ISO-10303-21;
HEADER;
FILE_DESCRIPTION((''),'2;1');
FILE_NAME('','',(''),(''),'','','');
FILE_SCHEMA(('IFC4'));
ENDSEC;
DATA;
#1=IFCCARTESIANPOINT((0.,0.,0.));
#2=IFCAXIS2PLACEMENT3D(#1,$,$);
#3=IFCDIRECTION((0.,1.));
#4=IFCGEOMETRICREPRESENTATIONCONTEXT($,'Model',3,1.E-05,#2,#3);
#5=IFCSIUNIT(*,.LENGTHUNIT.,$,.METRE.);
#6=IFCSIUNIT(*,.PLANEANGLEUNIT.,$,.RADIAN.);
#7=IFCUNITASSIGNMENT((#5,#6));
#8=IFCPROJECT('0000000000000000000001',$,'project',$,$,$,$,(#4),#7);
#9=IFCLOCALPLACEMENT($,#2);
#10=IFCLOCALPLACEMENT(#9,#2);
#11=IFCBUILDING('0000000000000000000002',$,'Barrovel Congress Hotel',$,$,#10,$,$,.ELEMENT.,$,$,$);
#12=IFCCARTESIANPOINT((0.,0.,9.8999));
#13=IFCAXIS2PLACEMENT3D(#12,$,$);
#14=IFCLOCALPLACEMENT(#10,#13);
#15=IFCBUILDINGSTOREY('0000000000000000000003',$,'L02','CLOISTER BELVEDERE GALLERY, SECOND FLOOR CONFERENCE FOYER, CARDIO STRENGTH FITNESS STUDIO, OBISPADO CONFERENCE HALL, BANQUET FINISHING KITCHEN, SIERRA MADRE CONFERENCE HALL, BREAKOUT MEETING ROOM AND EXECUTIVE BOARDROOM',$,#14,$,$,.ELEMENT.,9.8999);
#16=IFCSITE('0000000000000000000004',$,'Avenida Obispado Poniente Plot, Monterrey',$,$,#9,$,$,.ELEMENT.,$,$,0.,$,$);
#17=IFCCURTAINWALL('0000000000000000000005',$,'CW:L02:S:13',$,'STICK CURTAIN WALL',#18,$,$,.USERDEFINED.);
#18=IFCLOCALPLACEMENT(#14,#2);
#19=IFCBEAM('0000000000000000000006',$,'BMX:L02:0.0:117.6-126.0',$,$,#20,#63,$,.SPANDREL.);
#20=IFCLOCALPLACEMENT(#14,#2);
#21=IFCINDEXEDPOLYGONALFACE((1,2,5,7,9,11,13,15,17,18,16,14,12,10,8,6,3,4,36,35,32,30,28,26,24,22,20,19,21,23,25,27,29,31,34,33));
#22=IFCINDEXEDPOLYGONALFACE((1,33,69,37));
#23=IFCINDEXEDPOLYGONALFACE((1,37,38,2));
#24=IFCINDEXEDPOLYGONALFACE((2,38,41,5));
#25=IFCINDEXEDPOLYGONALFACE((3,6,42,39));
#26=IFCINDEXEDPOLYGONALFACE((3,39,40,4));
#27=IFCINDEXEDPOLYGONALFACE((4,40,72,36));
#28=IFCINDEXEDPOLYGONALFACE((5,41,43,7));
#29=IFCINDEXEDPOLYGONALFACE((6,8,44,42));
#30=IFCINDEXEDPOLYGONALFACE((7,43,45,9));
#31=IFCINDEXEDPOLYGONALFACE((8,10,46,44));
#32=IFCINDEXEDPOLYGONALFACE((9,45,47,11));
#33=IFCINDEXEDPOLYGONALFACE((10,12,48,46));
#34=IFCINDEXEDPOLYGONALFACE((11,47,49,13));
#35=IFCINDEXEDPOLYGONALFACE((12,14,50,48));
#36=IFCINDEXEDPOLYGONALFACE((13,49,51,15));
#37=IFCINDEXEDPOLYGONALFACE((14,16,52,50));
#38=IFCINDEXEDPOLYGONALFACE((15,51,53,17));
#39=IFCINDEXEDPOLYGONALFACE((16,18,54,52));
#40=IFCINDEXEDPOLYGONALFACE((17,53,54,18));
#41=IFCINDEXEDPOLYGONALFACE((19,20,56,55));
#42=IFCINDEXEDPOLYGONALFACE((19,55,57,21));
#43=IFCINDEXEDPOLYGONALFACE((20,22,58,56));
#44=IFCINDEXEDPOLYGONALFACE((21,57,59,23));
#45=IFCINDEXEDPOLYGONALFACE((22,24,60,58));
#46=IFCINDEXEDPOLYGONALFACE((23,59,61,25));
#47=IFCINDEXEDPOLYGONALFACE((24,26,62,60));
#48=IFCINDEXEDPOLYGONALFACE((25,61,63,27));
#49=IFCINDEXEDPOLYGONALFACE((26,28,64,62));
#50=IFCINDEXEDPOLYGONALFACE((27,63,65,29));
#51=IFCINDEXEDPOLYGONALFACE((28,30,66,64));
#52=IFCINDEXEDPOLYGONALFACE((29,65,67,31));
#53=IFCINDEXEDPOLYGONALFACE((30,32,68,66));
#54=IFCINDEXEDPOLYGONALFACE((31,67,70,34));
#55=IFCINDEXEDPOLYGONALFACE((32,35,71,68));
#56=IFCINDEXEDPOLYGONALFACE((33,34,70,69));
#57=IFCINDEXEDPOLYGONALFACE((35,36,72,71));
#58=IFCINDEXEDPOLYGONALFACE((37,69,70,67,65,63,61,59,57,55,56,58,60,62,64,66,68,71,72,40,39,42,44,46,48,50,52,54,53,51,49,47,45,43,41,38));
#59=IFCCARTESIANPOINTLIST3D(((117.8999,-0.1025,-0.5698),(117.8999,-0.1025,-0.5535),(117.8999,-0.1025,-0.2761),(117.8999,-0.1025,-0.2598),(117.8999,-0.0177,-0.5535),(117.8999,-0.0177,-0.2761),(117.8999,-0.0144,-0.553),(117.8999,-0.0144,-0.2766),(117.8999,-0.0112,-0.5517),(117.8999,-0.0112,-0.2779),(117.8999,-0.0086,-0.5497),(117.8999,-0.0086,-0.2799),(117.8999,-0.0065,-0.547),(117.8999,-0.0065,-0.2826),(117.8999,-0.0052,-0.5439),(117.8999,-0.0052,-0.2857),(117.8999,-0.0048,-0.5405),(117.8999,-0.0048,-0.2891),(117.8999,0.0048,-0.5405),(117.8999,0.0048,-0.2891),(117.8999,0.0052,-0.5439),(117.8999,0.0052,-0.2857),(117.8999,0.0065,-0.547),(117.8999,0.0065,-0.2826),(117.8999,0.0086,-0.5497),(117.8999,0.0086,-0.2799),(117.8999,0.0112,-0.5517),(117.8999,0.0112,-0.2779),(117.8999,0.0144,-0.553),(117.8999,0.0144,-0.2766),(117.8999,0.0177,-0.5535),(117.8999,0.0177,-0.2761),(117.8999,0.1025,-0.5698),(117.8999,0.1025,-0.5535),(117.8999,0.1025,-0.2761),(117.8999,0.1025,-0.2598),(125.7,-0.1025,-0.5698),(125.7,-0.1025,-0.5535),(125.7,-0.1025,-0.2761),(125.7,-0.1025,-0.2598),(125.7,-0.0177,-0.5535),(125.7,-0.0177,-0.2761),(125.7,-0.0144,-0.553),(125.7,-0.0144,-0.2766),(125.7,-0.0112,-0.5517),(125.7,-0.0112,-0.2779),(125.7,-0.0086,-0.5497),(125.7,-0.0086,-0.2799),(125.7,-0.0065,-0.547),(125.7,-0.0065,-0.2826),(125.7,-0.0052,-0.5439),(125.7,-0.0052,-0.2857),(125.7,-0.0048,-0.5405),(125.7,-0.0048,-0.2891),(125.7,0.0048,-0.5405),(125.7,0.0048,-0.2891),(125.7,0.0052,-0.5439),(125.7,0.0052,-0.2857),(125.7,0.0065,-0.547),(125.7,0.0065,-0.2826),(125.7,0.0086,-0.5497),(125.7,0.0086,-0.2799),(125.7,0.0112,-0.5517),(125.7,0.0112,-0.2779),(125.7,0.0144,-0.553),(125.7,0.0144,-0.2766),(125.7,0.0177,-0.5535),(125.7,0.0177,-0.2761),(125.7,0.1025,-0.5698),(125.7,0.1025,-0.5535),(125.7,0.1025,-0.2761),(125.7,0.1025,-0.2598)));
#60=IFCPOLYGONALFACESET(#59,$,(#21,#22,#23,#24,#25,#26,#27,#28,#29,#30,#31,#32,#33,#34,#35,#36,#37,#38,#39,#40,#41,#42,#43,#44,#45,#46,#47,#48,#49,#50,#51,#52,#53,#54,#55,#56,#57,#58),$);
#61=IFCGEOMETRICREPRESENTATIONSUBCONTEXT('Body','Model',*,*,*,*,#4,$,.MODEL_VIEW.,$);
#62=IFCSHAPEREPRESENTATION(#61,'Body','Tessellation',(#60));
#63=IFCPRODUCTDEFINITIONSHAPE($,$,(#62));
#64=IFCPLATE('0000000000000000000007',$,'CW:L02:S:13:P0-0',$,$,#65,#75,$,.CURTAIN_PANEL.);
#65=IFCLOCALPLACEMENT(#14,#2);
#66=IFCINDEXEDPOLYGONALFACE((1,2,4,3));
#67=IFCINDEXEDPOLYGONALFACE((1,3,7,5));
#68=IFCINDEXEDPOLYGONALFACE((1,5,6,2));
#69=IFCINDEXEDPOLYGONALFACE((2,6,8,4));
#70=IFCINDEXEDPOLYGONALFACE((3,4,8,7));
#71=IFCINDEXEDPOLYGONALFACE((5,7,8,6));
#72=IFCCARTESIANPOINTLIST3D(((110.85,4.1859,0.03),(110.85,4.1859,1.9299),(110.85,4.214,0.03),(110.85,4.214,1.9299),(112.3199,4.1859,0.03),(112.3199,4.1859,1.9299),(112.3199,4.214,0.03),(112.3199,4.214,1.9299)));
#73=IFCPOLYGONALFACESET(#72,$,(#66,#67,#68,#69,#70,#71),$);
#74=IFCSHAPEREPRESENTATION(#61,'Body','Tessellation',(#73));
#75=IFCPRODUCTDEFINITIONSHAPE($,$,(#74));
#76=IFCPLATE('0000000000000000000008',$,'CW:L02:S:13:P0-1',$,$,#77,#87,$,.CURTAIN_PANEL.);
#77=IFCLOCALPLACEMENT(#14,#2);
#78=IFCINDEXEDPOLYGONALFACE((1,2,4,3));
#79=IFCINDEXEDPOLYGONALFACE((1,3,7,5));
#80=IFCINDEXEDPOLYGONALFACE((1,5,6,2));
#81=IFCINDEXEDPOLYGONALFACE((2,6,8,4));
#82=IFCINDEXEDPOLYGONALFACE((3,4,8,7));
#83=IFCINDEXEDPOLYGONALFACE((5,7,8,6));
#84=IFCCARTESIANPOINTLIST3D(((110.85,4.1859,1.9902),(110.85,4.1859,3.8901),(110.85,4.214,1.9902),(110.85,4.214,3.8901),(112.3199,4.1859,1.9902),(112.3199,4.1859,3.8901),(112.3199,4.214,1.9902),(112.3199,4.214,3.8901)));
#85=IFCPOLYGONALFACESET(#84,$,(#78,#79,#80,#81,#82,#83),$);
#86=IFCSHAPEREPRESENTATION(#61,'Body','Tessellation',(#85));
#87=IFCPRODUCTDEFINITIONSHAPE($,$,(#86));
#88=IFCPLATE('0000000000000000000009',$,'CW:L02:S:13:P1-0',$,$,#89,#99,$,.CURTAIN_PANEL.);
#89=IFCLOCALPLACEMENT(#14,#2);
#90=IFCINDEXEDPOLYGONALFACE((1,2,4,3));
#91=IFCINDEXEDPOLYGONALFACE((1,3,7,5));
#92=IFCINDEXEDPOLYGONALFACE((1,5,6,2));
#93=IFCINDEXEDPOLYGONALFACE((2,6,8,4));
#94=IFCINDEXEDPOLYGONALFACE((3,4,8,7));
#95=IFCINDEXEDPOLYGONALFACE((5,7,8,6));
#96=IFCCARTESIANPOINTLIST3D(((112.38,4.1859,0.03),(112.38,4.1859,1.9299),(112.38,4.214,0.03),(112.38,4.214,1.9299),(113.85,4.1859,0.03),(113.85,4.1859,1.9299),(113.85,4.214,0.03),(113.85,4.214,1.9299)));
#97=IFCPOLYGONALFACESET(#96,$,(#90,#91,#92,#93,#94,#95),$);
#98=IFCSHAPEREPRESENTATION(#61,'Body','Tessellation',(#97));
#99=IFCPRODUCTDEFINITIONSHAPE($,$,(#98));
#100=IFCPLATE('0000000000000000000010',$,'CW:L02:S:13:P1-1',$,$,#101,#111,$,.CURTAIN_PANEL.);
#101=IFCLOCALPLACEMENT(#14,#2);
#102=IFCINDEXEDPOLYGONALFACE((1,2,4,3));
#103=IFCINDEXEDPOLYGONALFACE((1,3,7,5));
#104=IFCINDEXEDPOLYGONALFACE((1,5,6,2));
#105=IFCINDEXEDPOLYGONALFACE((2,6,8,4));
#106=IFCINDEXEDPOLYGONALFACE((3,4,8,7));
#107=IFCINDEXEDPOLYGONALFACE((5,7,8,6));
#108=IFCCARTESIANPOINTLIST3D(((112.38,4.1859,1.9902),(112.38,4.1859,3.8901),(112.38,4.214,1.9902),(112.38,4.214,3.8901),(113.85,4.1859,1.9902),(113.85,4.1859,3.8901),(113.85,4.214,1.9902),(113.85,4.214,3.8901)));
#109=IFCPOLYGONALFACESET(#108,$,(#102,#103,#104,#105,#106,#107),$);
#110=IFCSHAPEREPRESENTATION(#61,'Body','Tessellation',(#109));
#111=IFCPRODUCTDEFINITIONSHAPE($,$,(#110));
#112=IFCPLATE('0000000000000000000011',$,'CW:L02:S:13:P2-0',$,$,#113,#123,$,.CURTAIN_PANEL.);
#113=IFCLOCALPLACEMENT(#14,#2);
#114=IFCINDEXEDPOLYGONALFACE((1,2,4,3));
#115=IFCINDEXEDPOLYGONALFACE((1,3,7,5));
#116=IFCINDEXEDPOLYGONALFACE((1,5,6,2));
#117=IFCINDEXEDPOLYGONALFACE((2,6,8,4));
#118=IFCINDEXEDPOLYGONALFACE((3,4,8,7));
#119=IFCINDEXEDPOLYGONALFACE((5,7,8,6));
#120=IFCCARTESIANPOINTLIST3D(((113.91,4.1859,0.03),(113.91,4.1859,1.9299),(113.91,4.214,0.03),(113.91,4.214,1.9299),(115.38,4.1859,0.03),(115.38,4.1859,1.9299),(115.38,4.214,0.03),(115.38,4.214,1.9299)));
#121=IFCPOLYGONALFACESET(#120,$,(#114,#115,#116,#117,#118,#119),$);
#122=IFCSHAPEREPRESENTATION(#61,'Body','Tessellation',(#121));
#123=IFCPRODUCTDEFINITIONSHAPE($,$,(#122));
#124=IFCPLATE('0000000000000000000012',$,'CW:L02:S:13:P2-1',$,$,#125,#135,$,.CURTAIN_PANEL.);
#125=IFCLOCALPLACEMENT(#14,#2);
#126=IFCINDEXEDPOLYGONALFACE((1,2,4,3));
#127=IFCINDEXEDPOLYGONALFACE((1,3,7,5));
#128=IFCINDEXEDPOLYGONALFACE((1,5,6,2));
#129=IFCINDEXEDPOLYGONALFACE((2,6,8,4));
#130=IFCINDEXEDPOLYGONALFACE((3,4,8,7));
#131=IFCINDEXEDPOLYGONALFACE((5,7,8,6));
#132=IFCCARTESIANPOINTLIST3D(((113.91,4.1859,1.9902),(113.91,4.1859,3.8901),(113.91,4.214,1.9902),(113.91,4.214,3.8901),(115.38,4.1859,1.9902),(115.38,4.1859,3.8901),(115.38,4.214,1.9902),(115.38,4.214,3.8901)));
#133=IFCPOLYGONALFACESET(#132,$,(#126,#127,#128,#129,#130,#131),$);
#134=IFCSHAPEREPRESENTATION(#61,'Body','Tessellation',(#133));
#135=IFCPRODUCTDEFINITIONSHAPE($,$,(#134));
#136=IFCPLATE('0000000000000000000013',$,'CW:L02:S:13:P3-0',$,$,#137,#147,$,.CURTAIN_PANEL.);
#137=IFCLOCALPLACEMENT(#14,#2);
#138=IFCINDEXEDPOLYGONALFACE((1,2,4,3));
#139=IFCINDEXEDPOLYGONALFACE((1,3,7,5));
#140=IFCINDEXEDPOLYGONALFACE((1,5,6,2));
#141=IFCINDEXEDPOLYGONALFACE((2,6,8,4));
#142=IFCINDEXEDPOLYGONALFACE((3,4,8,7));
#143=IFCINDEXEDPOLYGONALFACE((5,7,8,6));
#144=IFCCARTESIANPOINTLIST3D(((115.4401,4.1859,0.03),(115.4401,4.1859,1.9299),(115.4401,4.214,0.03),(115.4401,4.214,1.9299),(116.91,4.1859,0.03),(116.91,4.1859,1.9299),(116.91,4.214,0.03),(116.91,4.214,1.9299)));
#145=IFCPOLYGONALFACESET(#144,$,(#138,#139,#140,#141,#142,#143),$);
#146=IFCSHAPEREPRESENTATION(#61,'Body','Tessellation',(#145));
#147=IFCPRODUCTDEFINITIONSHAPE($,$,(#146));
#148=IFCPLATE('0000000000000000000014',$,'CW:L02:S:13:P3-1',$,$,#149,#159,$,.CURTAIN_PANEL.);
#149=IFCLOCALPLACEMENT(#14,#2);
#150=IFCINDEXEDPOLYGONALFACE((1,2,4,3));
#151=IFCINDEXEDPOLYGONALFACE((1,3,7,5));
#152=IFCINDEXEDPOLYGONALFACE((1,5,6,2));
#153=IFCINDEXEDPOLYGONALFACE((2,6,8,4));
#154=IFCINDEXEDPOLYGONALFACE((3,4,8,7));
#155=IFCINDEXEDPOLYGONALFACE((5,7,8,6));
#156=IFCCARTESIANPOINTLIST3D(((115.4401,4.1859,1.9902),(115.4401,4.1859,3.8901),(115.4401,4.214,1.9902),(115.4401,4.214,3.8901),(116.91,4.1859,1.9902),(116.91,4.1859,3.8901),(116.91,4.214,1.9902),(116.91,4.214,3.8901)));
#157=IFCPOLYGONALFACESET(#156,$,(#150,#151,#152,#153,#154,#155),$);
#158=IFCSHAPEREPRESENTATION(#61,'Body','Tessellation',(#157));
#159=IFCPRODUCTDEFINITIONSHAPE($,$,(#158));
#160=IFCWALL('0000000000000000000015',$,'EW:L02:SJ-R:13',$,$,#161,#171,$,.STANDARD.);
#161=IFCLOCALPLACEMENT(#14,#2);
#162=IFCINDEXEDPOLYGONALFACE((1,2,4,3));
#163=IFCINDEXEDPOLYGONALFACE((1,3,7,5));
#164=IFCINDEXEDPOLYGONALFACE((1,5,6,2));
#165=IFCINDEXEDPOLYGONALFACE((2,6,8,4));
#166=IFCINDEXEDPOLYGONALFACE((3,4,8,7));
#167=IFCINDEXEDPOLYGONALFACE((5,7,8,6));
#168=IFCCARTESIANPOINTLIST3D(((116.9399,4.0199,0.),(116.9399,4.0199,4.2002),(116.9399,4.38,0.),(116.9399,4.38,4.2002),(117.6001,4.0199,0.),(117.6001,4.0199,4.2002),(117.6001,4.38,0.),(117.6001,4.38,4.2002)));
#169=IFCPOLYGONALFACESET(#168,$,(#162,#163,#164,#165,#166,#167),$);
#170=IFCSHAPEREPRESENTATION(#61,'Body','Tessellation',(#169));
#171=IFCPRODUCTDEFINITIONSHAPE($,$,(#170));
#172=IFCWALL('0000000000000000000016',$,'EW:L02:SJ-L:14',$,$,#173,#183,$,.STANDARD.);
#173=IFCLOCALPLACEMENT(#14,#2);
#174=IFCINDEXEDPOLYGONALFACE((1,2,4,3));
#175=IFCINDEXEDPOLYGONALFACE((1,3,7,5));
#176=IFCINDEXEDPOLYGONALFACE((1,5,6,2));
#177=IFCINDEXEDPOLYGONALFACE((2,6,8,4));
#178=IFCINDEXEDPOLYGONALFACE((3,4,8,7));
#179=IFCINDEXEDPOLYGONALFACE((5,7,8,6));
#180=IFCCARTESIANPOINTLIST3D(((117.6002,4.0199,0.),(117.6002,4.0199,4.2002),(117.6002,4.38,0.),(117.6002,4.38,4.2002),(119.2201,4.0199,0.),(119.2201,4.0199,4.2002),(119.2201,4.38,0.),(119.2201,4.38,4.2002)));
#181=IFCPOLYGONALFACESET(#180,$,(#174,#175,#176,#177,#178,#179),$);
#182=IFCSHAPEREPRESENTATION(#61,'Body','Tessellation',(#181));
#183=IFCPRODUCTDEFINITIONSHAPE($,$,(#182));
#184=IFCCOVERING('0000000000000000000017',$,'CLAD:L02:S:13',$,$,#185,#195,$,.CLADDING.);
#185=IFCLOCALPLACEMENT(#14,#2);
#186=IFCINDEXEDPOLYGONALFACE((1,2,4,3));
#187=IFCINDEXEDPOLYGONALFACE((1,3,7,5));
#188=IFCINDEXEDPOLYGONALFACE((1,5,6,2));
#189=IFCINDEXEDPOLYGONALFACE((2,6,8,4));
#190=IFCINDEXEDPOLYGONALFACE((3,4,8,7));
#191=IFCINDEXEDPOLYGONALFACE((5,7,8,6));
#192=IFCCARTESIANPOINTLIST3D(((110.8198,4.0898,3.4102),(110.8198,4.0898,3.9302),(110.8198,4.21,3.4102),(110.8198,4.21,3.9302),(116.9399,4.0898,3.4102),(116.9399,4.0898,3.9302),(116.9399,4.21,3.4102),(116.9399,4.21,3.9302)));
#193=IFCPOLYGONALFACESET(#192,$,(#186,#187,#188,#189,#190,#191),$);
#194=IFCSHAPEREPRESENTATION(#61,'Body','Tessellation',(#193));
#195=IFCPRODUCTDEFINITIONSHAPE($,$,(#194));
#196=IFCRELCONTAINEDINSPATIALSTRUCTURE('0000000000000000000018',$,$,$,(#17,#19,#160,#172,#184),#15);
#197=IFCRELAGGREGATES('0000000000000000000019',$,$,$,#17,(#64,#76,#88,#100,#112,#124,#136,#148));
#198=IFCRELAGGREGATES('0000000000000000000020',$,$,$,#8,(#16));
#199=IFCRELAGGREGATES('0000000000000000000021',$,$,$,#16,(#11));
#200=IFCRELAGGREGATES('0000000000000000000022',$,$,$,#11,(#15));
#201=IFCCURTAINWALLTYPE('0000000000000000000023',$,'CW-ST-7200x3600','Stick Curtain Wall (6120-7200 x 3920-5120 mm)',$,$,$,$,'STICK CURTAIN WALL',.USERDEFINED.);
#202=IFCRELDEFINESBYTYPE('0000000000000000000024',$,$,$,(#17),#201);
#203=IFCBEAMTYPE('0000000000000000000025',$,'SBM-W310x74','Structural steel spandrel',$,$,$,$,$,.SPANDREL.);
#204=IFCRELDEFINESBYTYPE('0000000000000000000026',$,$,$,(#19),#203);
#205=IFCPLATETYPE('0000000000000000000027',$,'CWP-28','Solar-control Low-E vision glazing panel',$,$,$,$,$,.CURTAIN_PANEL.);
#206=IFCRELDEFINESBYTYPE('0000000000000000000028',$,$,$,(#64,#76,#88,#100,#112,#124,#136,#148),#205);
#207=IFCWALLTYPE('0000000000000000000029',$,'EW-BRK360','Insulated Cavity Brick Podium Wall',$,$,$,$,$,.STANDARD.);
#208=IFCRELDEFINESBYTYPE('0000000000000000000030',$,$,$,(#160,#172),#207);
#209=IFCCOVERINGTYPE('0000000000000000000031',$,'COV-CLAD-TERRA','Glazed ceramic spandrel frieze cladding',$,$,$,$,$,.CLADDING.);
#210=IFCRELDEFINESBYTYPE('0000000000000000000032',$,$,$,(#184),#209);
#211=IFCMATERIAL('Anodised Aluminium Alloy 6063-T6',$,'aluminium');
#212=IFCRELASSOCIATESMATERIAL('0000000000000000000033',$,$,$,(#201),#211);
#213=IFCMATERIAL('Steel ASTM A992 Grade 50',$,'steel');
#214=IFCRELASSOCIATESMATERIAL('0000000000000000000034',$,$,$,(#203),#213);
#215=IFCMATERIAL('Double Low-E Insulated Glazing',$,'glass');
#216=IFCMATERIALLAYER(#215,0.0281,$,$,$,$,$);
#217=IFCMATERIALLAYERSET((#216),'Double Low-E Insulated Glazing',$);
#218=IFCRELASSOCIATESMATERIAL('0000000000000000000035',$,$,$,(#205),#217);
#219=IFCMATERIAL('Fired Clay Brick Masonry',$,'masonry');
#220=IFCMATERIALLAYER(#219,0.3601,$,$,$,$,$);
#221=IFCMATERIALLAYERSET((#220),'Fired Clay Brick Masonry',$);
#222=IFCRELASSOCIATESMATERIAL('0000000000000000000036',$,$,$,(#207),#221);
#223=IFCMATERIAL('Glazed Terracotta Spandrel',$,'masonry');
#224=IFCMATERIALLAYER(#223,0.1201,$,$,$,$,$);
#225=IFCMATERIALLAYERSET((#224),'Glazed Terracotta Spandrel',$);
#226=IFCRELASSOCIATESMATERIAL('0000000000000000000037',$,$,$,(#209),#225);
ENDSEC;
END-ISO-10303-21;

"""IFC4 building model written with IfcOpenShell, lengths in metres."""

from ifc_helpers import new_model, si_unit, direction, frame, frame_2d, origin, origin_2d, place, context, subcontext, project, spatial, rectangle, i_section, extrude, material, layer, layer_set, material_profile, profile_set, type_object, element, aggregate, save


model = new_model("IFC4")

# Units and contexts
model_context = context("Model", 3, precision=1e-05, world=origin(), true_north=direction((0.0, 1.0)))
body_context = subcontext(model_context, "Body", "Model", "MODEL_VIEW")
ifc_project = project(units=[si_unit("LENGTHUNIT", "METRE"), si_unit("PLANEANGLEUNIT", "RADIAN")], contexts=[model_context])

# Site, building, storey
site_placement = place(None, origin())
site = spatial("IfcSite", under=ifc_project, at=site_placement, Name="Avenida Obispado Poniente Plot, Monterrey", CompositionType="ELEMENT", RefElevation=0.0)
building_placement = place(site_placement, origin())
building = spatial("IfcBuilding", under=site, at=building_placement, Name="Barrovel Congress Hotel", CompositionType="ELEMENT")
storey_placement = place(building_placement, frame((0.0, 0.0, 9.8999)))
storey = spatial("IfcBuildingStorey", under=building, at=storey_placement, Name="L02", Description="CLOISTER BELVEDERE GALLERY, SECOND FLOOR CONFERENCE FOYER, CARDIO STRENGTH FITNESS STUDIO, OBISPADO CONFERENCE HALL, BANQUET FINISHING KITCHEN, SIERRA MADRE CONFERENCE HALL, BREAKOUT MEETING ROOM AND EXECUTIVE BOARDROOM", CompositionType="ELEMENT", Elevation=9.8999)

# Curtain wall
ifc_material_1 = material(Name="Anodised Aluminium Alloy 6063-T6", Category="aluminium")
curtain_wall_type = type_object("IfcCurtainWallType", Name="CW-ST-7200x3600", Description="Stick Curtain Wall (6120-7200 x 3920-5120 mm)", ElementType="STICK CURTAIN WALL", PredefinedType="USERDEFINED", material=ifc_material_1)
curtain_wall_placement = place(storey_placement, origin())
curtain_wall = element("IfcCurtainWall", 1, at=curtain_wall_placement, inside=storey, type_object=curtain_wall_type, Name="CW:L02:S:13", ObjectType="STICK CURTAIN WALL", PredefinedType="USERDEFINED")

# Beam
ifc_material_2 = material(Name="Steel ASTM A992 Grade 50", Category="steel")
ifc_material_profile_1 = material_profile(ifc_material_2, i_section(OverallWidth=0.2051, OverallDepth=0.3101, WebThickness=0.0095, FlangeThickness=0.0164, FilletRadius=0.0129, at=origin_2d()), Name="W310x74")
ifc_profile_set_1 = profile_set([ifc_material_profile_1], Name="Steel ASTM A992 Grade 50")
beam_type_1 = type_object("IfcBeamType", Name="SBM-W310x74", Description="Structural steel spandrel", PredefinedType="SPANDREL", material=ifc_profile_set_1)
beam_1_placement = place(storey_placement, frame((117.8999, 0.0, -0.4148), z_axis=(1.0, 0.0, 0.0), x_axis=(0.0, 1.0, 0.0)))
element("IfcBeam", 2, at=beam_1_placement, inside=storey, type_object=beam_type_1, Name="BMX:L02:0.0:117.6-126.0", PredefinedType="SPANDREL", context=body_context, shape_type="SweptSolid", body=[
    extrude(i_section(OverallWidth=0.2051, OverallDepth=0.3101, WebThickness=0.0095, FlangeThickness=0.0164, FilletRadius=0.0129, at=origin_2d()), origin(), (0.0, 0.0, 1.0), 7.8),
])

# Plates
ifc_material_3 = material(Name="Double Low-E Insulated Glazing", Category="glass")
ifc_layer_1 = layer(ifc_material_3, 0.0281)
ifc_layer_set_1 = layer_set([ifc_layer_1], Name="Double Low-E Insulated Glazing")
plate_type = type_object("IfcPlateType", Name="CWP-28", Description="Solar-control Low-E vision glazing panel", PredefinedType="CURTAIN_PANEL", material=ifc_layer_set_1)
plate_1_placement = place(storey_placement, frame((111.585, 4.2, 0.03), z_axis=(0.0, 0.0, 1.0), x_axis=(1.0, 0.0, 0.0)))
plate_1 = element("IfcPlate", 3, at=plate_1_placement, type_object=plate_type, Name="CW:L02:S:13:P0-0", PredefinedType="CURTAIN_PANEL", context=body_context, shape_type="SweptSolid", body=[
    extrude(rectangle(XDim=1.47, YDim=0.0281, at=origin_2d()), origin(), (0.0, 0.0, 1.0), 1.8999),
])
plate_2_placement = place(storey_placement, frame((111.585, 4.2, 1.9902), z_axis=(0.0, 0.0, 1.0), x_axis=(1.0, 0.0, 0.0)))
plate_2 = element("IfcPlate", 4, at=plate_2_placement, type_object=plate_type, Name="CW:L02:S:13:P0-1", PredefinedType="CURTAIN_PANEL", context=body_context, shape_type="SweptSolid", body=[
    extrude(rectangle(XDim=1.47, YDim=0.0281, at=origin_2d()), origin(), (0.0, 0.0, 1.0), 1.8999),
])
plate_3_placement = place(storey_placement, frame((113.115, 4.2, 0.03), z_axis=(0.0, 0.0, 1.0), x_axis=(1.0, 0.0, 0.0)))
plate_3 = element("IfcPlate", 5, at=plate_3_placement, type_object=plate_type, Name="CW:L02:S:13:P1-0", PredefinedType="CURTAIN_PANEL", context=body_context, shape_type="SweptSolid", body=[
    extrude(rectangle(XDim=1.47, YDim=0.0281, at=origin_2d()), origin(), (0.0, 0.0, 1.0), 1.8999),
])
plate_4_placement = place(storey_placement, frame((113.115, 4.2, 1.9902), z_axis=(0.0, 0.0, 1.0), x_axis=(1.0, 0.0, 0.0)))
plate_4 = element("IfcPlate", 6, at=plate_4_placement, type_object=plate_type, Name="CW:L02:S:13:P1-1", PredefinedType="CURTAIN_PANEL", context=body_context, shape_type="SweptSolid", body=[
    extrude(rectangle(XDim=1.47, YDim=0.0281, at=origin_2d()), origin(), (0.0, 0.0, 1.0), 1.8999),
])
plate_5_placement = place(storey_placement, frame((114.645, 4.2, 0.03), z_axis=(0.0, 0.0, 1.0), x_axis=(1.0, 0.0, 0.0)))
plate_5 = element("IfcPlate", 7, at=plate_5_placement, type_object=plate_type, Name="CW:L02:S:13:P2-0", PredefinedType="CURTAIN_PANEL", context=body_context, shape_type="SweptSolid", body=[
    extrude(rectangle(XDim=1.47, YDim=0.0281, at=origin_2d()), origin(), (0.0, 0.0, 1.0), 1.8999),
])
plate_6_placement = place(storey_placement, frame((114.645, 4.2, 1.9902), z_axis=(0.0, 0.0, 1.0), x_axis=(1.0, 0.0, 0.0)))
plate_6 = element("IfcPlate", 8, at=plate_6_placement, type_object=plate_type, Name="CW:L02:S:13:P2-1", PredefinedType="CURTAIN_PANEL", context=body_context, shape_type="SweptSolid", body=[
    extrude(rectangle(XDim=1.47, YDim=0.0281, at=origin_2d()), origin(), (0.0, 0.0, 1.0), 1.8999),
])
plate_7_placement = place(storey_placement, frame((116.175, 4.2, 0.03), z_axis=(0.0, 0.0, 1.0), x_axis=(1.0, 0.0, 0.0)))
plate_7 = element("IfcPlate", 9, at=plate_7_placement, type_object=plate_type, Name="CW:L02:S:13:P3-0", PredefinedType="CURTAIN_PANEL", context=body_context, shape_type="SweptSolid", body=[
    extrude(rectangle(XDim=1.47, YDim=0.0281, at=origin_2d()), origin(), (0.0, 0.0, 1.0), 1.8999),
])
plate_8_placement = place(storey_placement, frame((116.175, 4.2, 1.9902), z_axis=(0.0, 0.0, 1.0), x_axis=(1.0, 0.0, 0.0)))
plate_8 = element("IfcPlate", 10, at=plate_8_placement, type_object=plate_type, Name="CW:L02:S:13:P3-1", PredefinedType="CURTAIN_PANEL", context=body_context, shape_type="SweptSolid", body=[
    extrude(rectangle(XDim=1.47, YDim=0.0281, at=origin_2d()), origin(), (0.0, 0.0, 1.0), 1.8999),
])
aggregate(curtain_wall, [plate_1, plate_2, plate_3, plate_4, plate_5, plate_6, plate_7, plate_8])

# Walls
ifc_material_4 = material(Name="Fired Clay Brick Masonry", Category="masonry")
ifc_layer_2 = layer(ifc_material_4, 0.3601)
ifc_layer_set_2 = layer_set([ifc_layer_2], Name="Fired Clay Brick Masonry")
wall_type = type_object("IfcWallType", Name="EW-BRK360", Description="Insulated Cavity Brick Podium Wall", PredefinedType="STANDARD", material=ifc_layer_set_2)
wall_1_placement = place(storey_placement, frame((116.9399, 4.2, 0.0), z_axis=(0.0, 0.0, 1.0), x_axis=(1.0, 0.0, 0.0)))
element("IfcWall", 11, at=wall_1_placement, inside=storey, type_object=wall_type, Name="EW:L02:SJ-R:13", PredefinedType="STANDARD", context=body_context, shape_type="SweptSolid", body=[
    extrude(rectangle(XDim=0.6602, YDim=0.3601, at=frame_2d((0.3301, 0.0))), origin(), (0.0, 0.0, 1.0), 4.2002),
])
wall_2_placement = place(storey_placement, frame((117.6001, 4.2, 0.0), z_axis=(0.0, 0.0, 1.0), x_axis=(1.0, 0.0, 0.0)))
element("IfcWall", 12, at=wall_2_placement, inside=storey, type_object=wall_type, Name="EW:L02:SJ-L:14", PredefinedType="STANDARD", context=body_context, shape_type="SweptSolid", body=[
    extrude(rectangle(XDim=1.6199, YDim=0.3601, at=frame_2d((0.8101, 0.0))), origin(), (0.0, 0.0, 1.0), 4.2002),
])

# Covering
ifc_material_5 = material(Name="Glazed Terracotta Spandrel", Category="masonry")
ifc_layer_3 = layer(ifc_material_5, 0.1201)
ifc_layer_set_3 = layer_set([ifc_layer_3], Name="Glazed Terracotta Spandrel")
covering_type = type_object("IfcCoveringType", Name="COV-CLAD-TERRA", Description="Glazed ceramic spandrel frieze cladding", PredefinedType="CLADDING", material=ifc_layer_set_3)
for number, where, z_axis, x_axis, name in (
    (13, (113.8799, 4.1499, 3.4102), (0.0, 0.0, 1.0), (1.0, 0.0, 0.0), "CLAD:L02:S:13"),
):
    element("IfcCovering", number, at=place(storey_placement, frame(where, z_axis=z_axis, x_axis=x_axis)), inside=storey, type_object=covering_type, Name=name, PredefinedType="CLADDING", context=body_context, shape_type="SweptSolid", body=[
        extrude(rectangle(XDim=6.1201, YDim=0.1201, at=origin_2d()), origin(), (0.0, 0.0, 1.0), 0.52),
    ])

save(model, "model.ifc")
